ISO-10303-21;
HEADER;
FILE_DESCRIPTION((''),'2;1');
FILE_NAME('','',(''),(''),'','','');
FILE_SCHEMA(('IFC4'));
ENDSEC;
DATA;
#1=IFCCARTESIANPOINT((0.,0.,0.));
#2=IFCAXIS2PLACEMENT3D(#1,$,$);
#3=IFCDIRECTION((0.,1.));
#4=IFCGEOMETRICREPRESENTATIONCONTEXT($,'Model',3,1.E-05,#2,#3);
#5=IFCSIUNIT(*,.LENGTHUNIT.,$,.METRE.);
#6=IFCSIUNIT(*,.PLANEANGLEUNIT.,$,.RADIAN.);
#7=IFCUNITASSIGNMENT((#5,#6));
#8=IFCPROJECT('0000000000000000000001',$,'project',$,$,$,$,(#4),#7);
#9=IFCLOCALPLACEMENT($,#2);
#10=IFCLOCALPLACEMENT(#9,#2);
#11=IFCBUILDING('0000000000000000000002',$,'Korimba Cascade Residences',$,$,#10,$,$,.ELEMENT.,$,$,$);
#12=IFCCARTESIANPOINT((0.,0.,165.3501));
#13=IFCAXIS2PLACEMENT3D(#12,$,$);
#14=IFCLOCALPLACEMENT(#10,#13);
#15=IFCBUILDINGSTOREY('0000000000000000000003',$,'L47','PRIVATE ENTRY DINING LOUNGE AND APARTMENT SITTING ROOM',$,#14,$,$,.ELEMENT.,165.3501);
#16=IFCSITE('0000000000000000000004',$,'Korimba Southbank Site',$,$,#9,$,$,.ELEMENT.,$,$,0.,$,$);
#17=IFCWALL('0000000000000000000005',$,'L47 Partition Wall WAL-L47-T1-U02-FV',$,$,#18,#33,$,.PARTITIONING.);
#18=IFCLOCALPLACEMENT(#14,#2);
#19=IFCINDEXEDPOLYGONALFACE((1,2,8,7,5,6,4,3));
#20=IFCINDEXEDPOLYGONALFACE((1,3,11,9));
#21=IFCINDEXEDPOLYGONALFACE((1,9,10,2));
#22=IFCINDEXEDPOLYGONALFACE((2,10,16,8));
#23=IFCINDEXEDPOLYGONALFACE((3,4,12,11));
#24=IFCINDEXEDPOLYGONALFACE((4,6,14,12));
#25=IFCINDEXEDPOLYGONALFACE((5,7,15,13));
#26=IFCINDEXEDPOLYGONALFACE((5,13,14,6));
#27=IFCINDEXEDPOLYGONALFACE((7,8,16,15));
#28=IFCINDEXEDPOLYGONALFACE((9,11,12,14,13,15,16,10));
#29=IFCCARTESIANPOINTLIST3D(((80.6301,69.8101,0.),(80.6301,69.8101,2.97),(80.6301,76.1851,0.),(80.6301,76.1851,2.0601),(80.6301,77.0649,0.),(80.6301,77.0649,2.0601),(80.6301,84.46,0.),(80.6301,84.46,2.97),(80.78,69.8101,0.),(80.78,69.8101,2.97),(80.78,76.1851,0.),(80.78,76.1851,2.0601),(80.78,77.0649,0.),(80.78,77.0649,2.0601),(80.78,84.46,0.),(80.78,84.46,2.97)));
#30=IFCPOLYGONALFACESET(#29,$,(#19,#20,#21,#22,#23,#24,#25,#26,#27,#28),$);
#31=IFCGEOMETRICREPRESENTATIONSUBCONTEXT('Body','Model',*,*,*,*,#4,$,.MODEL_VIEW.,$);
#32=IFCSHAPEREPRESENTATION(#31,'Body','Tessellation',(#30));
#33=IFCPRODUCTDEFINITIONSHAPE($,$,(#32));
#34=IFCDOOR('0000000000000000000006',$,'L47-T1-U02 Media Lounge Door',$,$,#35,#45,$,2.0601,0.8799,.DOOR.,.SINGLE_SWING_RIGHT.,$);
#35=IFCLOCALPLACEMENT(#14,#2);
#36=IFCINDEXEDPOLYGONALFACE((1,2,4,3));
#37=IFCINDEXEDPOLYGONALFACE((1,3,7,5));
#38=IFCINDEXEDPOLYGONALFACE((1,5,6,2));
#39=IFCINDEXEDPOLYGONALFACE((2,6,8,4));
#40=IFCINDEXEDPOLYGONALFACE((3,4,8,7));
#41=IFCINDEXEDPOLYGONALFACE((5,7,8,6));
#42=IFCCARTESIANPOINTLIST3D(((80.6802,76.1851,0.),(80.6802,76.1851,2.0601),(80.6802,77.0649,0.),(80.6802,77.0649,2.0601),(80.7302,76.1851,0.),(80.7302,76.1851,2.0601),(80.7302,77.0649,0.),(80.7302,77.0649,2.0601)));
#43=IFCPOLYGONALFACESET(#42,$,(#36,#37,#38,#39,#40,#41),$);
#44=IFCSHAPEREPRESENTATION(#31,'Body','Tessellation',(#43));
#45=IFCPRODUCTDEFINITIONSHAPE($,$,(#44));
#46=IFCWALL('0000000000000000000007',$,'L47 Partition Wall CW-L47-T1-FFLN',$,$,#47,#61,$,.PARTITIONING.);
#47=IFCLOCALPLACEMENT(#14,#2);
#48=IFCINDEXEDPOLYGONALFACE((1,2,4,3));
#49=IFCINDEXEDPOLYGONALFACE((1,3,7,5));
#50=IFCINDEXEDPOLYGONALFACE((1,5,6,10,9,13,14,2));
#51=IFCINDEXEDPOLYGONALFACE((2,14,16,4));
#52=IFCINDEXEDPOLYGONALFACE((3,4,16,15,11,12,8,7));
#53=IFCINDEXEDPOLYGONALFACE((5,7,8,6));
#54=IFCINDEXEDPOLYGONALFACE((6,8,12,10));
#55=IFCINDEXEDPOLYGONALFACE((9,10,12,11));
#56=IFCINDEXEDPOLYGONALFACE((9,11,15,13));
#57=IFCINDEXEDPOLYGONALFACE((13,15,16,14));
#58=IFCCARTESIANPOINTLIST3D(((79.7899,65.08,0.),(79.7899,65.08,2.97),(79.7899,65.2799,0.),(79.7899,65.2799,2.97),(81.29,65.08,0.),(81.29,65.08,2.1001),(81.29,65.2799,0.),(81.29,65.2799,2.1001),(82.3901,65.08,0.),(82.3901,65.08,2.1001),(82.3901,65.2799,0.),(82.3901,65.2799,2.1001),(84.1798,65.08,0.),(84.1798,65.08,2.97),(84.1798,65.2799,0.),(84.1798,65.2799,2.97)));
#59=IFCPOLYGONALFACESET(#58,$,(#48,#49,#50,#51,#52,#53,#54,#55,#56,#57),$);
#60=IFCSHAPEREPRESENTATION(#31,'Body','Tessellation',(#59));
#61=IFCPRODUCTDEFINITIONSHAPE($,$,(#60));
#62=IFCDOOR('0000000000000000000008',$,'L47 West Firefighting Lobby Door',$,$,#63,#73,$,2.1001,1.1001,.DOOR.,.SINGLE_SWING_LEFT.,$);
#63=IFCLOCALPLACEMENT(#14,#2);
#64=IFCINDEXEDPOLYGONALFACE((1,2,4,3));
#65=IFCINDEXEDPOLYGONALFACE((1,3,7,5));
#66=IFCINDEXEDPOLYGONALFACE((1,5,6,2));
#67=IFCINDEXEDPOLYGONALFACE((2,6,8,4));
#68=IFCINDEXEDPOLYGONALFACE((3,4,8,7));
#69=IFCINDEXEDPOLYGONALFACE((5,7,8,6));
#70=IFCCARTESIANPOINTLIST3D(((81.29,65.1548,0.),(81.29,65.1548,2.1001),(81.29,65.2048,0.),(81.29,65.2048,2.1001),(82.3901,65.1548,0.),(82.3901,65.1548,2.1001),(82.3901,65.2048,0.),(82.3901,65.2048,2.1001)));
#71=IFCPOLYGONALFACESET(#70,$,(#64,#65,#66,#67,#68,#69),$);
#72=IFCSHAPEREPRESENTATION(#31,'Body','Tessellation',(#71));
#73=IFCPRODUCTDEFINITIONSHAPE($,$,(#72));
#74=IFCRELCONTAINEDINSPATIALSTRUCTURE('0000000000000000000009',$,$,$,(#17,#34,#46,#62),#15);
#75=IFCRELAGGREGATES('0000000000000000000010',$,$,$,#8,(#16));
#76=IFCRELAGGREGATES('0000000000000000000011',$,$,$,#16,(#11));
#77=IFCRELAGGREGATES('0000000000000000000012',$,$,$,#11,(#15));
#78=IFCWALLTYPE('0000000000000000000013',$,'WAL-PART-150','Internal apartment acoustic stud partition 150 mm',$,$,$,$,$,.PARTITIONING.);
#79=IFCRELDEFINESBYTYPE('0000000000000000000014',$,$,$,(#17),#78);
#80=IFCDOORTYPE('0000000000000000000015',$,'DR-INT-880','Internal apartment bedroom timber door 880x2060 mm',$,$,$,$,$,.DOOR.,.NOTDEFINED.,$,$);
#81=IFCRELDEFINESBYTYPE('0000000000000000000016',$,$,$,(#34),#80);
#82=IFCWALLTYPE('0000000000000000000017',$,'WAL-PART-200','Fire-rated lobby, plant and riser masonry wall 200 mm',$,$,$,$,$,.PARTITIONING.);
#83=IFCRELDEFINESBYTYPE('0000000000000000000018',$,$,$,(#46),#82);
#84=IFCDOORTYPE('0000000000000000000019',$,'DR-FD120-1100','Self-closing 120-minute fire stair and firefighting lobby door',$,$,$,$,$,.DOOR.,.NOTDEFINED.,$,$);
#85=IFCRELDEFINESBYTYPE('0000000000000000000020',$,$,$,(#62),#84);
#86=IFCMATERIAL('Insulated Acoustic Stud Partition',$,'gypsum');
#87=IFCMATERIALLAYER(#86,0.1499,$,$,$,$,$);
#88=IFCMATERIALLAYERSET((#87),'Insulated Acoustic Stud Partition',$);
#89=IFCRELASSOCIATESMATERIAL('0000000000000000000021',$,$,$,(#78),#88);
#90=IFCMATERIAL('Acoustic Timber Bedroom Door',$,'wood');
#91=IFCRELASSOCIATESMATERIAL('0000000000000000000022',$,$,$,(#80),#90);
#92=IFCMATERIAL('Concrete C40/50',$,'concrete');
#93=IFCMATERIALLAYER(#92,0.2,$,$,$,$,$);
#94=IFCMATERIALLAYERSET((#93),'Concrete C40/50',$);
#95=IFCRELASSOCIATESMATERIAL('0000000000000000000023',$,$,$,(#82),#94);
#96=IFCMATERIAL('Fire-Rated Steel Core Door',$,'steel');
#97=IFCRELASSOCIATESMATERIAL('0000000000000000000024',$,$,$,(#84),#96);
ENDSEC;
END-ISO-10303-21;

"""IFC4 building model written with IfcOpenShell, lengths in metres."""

from ifc_helpers import new_model, si_unit, direction, frame, frame_2d, origin, place, context, subcontext, project, spatial, rectangle, extrude, material, layer, layer_set, type_object, element, fill, save


model = new_model("IFC4")

# Units and contexts
model_context = context("Model", 3, precision=1e-05, world=origin(), true_north=direction((0.0, 1.0)))
body_context = subcontext(model_context, "Body", "Model", "MODEL_VIEW")
ifc_project = project(units=[si_unit("LENGTHUNIT", "METRE"), si_unit("PLANEANGLEUNIT", "RADIAN")], contexts=[model_context])

# Site, building, storey
site_placement = place(None, origin())
site = spatial("IfcSite", under=ifc_project, at=site_placement, Name="Korimba Southbank Site", CompositionType="ELEMENT", RefElevation=0.0)
building_placement = place(site_placement, origin())
building = spatial("IfcBuilding", under=site, at=building_placement, Name="Korimba Cascade Residences", CompositionType="ELEMENT")
storey_placement = place(building_placement, frame((0.0, 0.0, 165.3501)))
storey = spatial("IfcBuildingStorey", under=building, at=storey_placement, Name="L47", Description="PRIVATE ENTRY DINING LOUNGE AND APARTMENT SITTING ROOM", CompositionType="ELEMENT", Elevation=165.3501)

# Walls, openings, doors
ifc_material_1 = material(Name="Insulated Acoustic Stud Partition", Category="gypsum")
ifc_layer_1 = layer(ifc_material_1, 0.1499)
ifc_layer_set_1 = layer_set([ifc_layer_1], Name="Insulated Acoustic Stud Partition")
wall_type_1 = type_object("IfcWallType", Name="WAL-PART-150", Description="Internal apartment acoustic stud partition 150 mm", PredefinedType="PARTITIONING", material=ifc_layer_set_1)
wall_1_placement = place(storey_placement, frame((80.7051, 69.8101, 0.0), z_axis=(0.0, 0.0, 1.0), x_axis=(0.0, 1.0, 0.0)))
wall_1 = element("IfcWall", 1, at=wall_1_placement, inside=storey, type_object=wall_type_1, Name="L47 Partition Wall WAL-L47-T1-U02-FV", PredefinedType="PARTITIONING", context=body_context, shape_type="SweptSolid", body=[
    extrude(rectangle(XDim=14.6499, YDim=0.1499, at=frame_2d((7.325, 0.0))), origin(), (0.0, 0.0, 1.0), 2.97),
])
opening_1_placement = place(wall_1_placement, frame((6.375, 0.0, 0.0)))
opening_1 = element("IfcOpeningElement", 2, at=opening_1_placement, cuts=wall_1, PredefinedType="OPENING", context=body_context, shape_type="SweptSolid", body=[
    extrude(rectangle(XDim=0.8799, YDim=2.0601, at=frame_2d((0.4399, 1.03))), frame((0.0, 0.085, 0.0), z_axis=(0.0, -1.0, 0.0), x_axis=(1.0, 0.0, 0.0)), (0.0, 0.0, 1.0), 0.1699),
])
ifc_material_2 = material(Name="Acoustic Timber Bedroom Door", Category="wood")
door_type_1 = type_object("IfcDoorType", Name="DR-INT-880", Description="Internal apartment bedroom timber door 880x2060 mm", OperationType="NOTDEFINED", PredefinedType="DOOR", material=ifc_material_2)
door_1_placement = place(opening_1_placement, origin())
door_1 = element("IfcDoor", 3, at=door_1_placement, inside=storey, type_object=door_type_1, Name="L47-T1-U02 Media Lounge Door", OperationType="SINGLE_SWING_RIGHT", OverallHeight=2.0601, OverallWidth=0.8799, PredefinedType="DOOR", context=body_context, shape_type="SweptSolid", body=[
    extrude(rectangle(XDim=0.8799, YDim=2.0601, at=frame_2d((0.4399, 1.03))), frame((0.0, 0.0249, 0.0), z_axis=(0.0, -1.0, 0.0), x_axis=(1.0, 0.0, 0.0)), (0.0, 0.0, 1.0), 0.05),
])
fill(opening_1, door_1)
ifc_material_3 = material(Name="Concrete C40/50", Category="concrete")
ifc_layer_2 = layer(ifc_material_3, 0.2)
ifc_layer_set_2 = layer_set([ifc_layer_2], Name="Concrete C40/50")
wall_type_2 = type_object("IfcWallType", Name="WAL-PART-200", Description="Fire-rated lobby, plant and riser masonry wall 200 mm", PredefinedType="PARTITIONING", material=ifc_layer_set_2)
wall_2_placement = place(storey_placement, frame((79.79, 65.1799, 0.0), z_axis=(0.0, 0.0, 1.0), x_axis=(1.0, 0.0, 0.0)))
wall_2 = element("IfcWall", 4, at=wall_2_placement, inside=storey, type_object=wall_type_2, Name="L47 Partition Wall CW-L47-T1-FFLN", PredefinedType="PARTITIONING", context=body_context, shape_type="SweptSolid", body=[
    extrude(rectangle(XDim=4.3899, YDim=0.2, at=frame_2d((2.1948, 0.0))), origin(), (0.0, 0.0, 1.0), 2.97),
])
opening_2_placement = place(wall_2_placement, frame((1.5, 0.0, 0.0)))
opening_2 = element("IfcOpeningElement", 5, at=opening_2_placement, cuts=wall_2, PredefinedType="OPENING", context=body_context, shape_type="SweptSolid", body=[
    extrude(rectangle(XDim=1.1001, YDim=2.1001, at=frame_2d((0.55, 1.05))), frame((0.0, 0.1099, 0.0), z_axis=(0.0, -1.0, 0.0), x_axis=(1.0, 0.0, 0.0)), (0.0, 0.0, 1.0), 0.22),
])
ifc_material_4 = material(Name="Fire-Rated Steel Core Door", Category="steel")
door_type_2 = type_object("IfcDoorType", Name="DR-FD120-1100", Description="Self-closing 120-minute fire stair and firefighting lobby door", OperationType="NOTDEFINED", PredefinedType="DOOR", material=ifc_material_4)
door_2_placement = place(opening_2_placement, origin())
door_2 = element("IfcDoor", 6, at=door_2_placement, inside=storey, type_object=door_type_2, Name="L47 West Firefighting Lobby Door", OperationType="SINGLE_SWING_LEFT", OverallHeight=2.1001, OverallWidth=1.1001, PredefinedType="DOOR", context=body_context, shape_type="SweptSolid", body=[
    extrude(rectangle(XDim=1.1001, YDim=2.1001, at=frame_2d((0.55, 1.05))), frame((0.0, 0.0249, 0.0), z_axis=(0.0, -1.0, 0.0), x_axis=(1.0, 0.0, 0.0)), (0.0, 0.0, 1.0), 0.05),
])
fill(opening_2, door_2)

save(model, "model.ifc")
